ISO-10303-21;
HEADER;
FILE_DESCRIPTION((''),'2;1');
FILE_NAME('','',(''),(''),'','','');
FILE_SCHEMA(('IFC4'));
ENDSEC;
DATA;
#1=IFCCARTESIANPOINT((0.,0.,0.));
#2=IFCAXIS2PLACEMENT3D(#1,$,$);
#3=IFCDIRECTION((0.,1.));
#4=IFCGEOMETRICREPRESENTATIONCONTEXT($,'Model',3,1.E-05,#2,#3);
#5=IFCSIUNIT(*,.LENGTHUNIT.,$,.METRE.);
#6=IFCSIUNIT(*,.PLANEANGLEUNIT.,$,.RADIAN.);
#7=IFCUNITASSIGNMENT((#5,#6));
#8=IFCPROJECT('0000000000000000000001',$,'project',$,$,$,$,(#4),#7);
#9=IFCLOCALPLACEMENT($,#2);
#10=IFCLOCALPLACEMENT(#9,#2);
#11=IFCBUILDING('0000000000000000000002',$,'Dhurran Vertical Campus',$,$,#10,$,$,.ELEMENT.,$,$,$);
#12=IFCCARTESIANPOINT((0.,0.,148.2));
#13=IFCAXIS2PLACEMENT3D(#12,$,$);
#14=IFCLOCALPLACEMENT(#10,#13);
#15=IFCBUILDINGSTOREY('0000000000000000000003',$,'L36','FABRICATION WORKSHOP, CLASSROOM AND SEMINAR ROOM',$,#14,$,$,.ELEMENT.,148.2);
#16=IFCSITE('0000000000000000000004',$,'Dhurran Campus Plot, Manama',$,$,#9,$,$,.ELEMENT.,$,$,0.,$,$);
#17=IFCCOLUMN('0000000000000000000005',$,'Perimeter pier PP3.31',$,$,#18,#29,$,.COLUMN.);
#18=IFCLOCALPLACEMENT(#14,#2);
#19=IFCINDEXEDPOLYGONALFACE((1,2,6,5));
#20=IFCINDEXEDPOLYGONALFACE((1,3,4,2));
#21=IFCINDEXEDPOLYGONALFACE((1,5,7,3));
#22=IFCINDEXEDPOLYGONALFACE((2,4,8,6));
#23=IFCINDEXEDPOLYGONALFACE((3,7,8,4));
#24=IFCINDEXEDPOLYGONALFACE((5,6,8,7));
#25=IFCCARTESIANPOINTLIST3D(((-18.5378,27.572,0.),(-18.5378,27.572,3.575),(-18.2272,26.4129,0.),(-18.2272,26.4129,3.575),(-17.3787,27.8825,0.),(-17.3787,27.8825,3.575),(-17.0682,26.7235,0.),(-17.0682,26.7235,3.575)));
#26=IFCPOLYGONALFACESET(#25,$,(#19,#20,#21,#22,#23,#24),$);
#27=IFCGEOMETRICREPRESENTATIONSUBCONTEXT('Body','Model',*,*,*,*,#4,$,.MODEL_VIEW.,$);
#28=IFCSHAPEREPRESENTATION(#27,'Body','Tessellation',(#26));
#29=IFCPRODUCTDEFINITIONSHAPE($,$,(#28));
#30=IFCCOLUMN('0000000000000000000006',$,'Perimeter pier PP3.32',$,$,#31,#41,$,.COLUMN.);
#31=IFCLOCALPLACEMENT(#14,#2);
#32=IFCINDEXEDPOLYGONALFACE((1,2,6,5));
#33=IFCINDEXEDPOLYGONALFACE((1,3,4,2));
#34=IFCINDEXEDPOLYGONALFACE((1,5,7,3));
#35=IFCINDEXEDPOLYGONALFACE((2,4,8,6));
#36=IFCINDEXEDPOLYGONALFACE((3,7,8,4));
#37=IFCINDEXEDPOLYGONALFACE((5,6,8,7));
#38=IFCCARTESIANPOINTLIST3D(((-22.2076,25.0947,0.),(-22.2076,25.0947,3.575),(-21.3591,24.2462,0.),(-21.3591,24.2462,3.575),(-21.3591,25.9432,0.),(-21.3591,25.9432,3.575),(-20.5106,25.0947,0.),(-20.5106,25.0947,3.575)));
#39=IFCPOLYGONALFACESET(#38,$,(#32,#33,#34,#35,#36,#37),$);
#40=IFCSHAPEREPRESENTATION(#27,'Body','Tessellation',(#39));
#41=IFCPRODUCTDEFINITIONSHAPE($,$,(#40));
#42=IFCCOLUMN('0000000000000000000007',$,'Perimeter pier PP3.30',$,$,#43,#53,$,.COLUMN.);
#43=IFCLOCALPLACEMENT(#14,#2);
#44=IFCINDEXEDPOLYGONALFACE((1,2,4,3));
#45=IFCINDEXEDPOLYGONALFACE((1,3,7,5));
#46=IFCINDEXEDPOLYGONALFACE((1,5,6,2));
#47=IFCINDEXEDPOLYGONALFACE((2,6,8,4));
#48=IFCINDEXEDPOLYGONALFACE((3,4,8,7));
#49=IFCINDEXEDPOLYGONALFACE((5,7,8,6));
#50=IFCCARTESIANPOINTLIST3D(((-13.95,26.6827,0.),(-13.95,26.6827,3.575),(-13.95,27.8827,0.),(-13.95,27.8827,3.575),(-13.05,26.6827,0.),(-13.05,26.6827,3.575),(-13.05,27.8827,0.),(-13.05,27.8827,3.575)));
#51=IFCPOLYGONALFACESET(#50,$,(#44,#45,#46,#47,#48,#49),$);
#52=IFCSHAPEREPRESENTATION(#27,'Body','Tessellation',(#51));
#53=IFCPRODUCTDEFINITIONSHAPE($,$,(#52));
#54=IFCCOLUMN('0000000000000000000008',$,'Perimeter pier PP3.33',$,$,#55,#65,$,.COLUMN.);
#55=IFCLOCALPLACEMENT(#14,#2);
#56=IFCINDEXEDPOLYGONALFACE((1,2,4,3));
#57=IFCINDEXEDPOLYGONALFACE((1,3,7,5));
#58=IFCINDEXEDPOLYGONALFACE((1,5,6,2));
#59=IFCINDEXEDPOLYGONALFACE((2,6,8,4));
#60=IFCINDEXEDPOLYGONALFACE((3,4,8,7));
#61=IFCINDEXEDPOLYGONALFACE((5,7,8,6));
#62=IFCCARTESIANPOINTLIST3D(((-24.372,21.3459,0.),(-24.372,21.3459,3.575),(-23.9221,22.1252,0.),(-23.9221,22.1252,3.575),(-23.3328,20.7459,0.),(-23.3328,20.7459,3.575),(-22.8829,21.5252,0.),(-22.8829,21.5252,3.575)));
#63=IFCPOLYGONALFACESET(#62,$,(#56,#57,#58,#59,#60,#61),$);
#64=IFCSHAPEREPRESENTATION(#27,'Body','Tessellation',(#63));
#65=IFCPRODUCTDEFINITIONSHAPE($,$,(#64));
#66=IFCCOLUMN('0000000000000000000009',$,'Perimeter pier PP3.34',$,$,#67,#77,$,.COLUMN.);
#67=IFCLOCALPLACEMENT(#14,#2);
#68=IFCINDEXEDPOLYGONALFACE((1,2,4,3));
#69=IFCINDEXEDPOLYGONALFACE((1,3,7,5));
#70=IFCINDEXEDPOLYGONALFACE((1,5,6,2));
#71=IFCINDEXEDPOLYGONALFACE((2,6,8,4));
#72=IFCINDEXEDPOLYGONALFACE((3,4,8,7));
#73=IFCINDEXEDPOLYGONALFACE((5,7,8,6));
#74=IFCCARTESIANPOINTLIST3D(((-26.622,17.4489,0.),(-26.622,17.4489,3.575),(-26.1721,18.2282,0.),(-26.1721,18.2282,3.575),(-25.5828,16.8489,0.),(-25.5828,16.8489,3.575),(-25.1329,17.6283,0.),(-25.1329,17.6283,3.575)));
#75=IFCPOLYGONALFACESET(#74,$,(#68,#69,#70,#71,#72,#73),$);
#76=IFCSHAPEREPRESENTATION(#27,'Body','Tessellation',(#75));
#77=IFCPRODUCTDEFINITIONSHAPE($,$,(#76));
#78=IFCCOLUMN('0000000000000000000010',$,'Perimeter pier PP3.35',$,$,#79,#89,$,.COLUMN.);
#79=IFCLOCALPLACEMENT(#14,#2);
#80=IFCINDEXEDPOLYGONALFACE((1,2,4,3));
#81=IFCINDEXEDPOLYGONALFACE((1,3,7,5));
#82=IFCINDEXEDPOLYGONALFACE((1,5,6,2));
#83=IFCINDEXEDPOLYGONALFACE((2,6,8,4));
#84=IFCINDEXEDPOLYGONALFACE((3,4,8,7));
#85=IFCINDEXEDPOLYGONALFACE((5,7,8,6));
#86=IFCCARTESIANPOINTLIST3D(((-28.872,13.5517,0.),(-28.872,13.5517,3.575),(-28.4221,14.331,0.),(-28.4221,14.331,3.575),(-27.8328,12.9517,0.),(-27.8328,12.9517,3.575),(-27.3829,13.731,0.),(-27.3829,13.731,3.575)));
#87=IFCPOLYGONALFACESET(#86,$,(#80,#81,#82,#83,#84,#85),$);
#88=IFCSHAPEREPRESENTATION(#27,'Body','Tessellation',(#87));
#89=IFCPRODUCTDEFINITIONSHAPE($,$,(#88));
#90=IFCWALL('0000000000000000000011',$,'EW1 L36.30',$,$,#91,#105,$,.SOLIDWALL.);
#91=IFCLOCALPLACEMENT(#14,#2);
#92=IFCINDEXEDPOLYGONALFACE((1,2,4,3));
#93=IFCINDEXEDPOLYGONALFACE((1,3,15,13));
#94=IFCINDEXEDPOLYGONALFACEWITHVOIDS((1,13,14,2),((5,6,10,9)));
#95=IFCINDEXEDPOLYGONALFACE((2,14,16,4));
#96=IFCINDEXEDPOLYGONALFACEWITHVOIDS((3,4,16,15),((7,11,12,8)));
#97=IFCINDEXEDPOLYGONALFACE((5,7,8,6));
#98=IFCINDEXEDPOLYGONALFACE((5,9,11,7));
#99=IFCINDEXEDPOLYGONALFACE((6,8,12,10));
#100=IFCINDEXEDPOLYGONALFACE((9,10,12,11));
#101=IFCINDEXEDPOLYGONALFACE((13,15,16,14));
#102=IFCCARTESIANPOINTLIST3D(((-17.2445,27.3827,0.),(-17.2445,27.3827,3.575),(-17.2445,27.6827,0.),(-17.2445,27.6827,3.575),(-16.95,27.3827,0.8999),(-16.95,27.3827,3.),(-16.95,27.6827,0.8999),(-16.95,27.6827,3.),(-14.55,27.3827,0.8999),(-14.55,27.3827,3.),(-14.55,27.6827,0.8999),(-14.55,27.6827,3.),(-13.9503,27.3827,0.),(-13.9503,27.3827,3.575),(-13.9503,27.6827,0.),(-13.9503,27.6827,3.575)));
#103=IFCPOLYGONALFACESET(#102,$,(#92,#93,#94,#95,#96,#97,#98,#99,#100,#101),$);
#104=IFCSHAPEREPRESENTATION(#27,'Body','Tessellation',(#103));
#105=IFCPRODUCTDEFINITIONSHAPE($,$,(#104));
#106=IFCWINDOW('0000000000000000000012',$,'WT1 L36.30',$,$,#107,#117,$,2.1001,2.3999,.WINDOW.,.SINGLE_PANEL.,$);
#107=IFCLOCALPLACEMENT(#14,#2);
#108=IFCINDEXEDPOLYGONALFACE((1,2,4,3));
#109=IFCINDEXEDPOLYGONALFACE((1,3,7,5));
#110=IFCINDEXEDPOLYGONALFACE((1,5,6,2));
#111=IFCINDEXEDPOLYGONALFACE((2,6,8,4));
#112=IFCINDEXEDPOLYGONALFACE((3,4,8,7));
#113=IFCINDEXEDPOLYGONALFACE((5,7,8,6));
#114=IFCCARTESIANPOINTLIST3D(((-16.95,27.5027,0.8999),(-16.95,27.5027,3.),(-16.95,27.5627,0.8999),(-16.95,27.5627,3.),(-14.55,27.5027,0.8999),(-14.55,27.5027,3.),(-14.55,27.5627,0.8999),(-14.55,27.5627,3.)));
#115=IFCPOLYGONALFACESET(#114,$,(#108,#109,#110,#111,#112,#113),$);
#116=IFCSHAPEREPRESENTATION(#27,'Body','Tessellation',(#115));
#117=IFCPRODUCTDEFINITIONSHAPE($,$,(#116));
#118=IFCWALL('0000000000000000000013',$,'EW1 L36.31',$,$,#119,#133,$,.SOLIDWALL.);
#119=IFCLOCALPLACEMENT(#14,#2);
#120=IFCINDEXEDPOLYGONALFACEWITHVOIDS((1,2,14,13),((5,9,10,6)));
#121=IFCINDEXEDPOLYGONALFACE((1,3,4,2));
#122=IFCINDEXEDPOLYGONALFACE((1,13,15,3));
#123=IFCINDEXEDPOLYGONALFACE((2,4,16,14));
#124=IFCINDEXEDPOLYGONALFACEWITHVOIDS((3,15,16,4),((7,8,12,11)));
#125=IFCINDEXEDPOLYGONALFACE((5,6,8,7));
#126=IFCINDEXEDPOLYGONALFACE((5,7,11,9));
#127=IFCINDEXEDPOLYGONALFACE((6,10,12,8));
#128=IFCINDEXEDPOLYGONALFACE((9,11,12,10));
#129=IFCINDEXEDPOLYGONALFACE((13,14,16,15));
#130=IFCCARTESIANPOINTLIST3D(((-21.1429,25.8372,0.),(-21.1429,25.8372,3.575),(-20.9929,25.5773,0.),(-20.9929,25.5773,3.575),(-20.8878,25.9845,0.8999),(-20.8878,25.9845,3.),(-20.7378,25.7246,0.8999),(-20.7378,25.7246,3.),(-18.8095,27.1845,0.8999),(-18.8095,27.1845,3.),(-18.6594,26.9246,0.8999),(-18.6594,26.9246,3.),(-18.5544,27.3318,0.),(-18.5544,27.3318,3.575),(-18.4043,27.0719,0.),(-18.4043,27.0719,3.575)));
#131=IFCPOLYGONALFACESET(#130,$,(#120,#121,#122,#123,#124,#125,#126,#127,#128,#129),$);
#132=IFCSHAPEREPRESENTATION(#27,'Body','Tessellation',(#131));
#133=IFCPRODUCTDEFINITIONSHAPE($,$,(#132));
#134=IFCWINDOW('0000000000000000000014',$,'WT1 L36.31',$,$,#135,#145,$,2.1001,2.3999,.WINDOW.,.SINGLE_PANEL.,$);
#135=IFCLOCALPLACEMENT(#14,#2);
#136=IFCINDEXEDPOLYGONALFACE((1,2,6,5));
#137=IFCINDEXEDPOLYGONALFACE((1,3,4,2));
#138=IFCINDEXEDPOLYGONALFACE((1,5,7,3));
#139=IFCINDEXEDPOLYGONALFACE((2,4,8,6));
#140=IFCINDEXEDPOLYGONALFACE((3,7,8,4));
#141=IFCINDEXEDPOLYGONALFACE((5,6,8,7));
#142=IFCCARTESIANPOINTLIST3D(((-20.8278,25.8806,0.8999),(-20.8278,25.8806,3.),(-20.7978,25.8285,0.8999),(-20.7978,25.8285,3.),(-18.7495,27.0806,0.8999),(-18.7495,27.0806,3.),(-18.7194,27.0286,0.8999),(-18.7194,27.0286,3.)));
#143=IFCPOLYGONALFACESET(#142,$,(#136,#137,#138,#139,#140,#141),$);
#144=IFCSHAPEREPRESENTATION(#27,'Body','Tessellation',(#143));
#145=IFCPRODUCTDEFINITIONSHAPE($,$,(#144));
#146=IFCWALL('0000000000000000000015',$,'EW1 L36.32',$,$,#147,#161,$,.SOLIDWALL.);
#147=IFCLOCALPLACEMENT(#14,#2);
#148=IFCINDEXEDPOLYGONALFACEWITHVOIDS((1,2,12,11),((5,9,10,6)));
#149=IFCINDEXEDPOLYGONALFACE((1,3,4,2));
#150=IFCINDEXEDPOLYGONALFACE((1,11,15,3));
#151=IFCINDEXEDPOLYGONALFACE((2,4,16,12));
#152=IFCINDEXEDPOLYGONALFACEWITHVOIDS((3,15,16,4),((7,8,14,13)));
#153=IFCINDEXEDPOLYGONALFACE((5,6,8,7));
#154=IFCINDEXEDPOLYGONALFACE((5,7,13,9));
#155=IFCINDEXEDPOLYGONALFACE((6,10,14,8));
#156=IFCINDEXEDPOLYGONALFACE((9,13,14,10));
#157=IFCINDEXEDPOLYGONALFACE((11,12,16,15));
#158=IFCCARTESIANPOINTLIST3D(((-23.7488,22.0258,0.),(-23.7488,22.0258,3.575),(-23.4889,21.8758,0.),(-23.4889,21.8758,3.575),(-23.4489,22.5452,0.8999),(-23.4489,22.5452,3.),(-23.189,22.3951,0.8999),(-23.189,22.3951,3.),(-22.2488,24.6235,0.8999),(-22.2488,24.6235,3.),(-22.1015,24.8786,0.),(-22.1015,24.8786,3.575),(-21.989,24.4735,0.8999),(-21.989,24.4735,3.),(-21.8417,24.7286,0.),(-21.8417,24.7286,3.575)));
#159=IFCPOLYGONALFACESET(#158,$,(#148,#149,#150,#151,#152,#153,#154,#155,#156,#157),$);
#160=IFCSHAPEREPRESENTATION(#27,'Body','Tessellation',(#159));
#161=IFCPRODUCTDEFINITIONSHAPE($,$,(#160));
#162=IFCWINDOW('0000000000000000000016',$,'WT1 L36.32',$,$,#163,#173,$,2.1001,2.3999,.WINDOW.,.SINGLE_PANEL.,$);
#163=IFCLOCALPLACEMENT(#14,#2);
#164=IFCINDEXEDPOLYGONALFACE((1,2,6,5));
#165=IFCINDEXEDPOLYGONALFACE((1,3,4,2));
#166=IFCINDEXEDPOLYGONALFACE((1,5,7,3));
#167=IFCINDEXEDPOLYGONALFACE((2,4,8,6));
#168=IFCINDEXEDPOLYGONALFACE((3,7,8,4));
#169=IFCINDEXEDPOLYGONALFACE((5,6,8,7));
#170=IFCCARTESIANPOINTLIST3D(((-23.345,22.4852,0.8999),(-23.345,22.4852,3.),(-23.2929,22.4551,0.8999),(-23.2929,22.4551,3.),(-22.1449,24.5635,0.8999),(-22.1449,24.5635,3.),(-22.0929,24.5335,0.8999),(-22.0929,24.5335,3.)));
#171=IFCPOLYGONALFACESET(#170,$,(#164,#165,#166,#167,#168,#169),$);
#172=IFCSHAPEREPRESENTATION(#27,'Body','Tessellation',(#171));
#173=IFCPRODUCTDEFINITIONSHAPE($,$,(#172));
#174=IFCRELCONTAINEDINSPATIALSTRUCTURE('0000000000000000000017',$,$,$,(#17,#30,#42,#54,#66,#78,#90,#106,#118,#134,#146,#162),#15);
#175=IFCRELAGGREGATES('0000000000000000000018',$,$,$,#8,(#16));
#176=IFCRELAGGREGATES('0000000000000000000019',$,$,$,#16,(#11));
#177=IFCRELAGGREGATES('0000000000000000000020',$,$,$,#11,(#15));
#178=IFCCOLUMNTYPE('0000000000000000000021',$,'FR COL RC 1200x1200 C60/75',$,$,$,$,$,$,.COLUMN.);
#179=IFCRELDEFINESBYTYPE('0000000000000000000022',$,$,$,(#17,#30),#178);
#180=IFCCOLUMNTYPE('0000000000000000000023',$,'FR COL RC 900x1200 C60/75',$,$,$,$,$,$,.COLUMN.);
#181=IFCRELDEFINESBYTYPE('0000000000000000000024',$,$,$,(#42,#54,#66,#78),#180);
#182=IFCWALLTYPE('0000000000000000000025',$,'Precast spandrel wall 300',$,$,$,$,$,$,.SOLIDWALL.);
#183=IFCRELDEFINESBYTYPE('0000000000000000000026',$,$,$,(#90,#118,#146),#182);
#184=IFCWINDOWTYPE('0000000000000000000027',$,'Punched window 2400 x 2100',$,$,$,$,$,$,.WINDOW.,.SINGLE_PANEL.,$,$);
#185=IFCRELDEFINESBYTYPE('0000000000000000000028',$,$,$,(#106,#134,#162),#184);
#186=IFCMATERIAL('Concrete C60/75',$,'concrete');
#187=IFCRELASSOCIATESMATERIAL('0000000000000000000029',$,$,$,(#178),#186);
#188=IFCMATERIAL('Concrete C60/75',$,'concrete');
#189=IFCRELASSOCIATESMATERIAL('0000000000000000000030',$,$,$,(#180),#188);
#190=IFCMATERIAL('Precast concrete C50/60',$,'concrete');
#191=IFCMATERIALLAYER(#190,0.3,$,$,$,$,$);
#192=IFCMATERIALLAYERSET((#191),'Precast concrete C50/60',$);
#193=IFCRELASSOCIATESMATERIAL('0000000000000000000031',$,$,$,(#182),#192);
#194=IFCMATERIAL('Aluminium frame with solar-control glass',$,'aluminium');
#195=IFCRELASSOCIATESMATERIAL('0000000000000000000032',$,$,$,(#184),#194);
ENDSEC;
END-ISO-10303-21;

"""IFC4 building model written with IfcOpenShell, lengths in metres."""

from ifc_helpers import new_model, si_unit, direction, frame, frame_2d, origin, origin_2d, place, context, subcontext, project, spatial, rectangle, extrude, material, layer, layer_set, material_profile, profile_set, type_object, element, fill, save


model = new_model("IFC4")

# Units and contexts
model_context = context("Model", 3, precision=1e-05, world=origin(), true_north=direction((0.0, 1.0)))
body_context = subcontext(model_context, "Body", "Model", "MODEL_VIEW")
ifc_project = project(units=[si_unit("LENGTHUNIT", "METRE"), si_unit("PLANEANGLEUNIT", "RADIAN")], contexts=[model_context])

# Site, building, storey
site_placement = place(None, origin())
site = spatial("IfcSite", under=ifc_project, at=site_placement, Name="Dhurran Campus Plot, Manama", CompositionType="ELEMENT", RefElevation=0.0)
building_placement = place(site_placement, origin())
building = spatial("IfcBuilding", under=site, at=building_placement, Name="Dhurran Vertical Campus", CompositionType="ELEMENT")
storey_placement = place(building_placement, frame((0.0, 0.0, 148.2)))
storey = spatial("IfcBuildingStorey", under=building, at=storey_placement, Name="L36", Description="FABRICATION WORKSHOP, CLASSROOM AND SEMINAR ROOM", CompositionType="ELEMENT", Elevation=148.2)

# Columns
ifc_material_1 = material(Name="Concrete C60/75", Category="concrete")
ifc_material_profile_1 = material_profile(ifc_material_1, rectangle(XDim=1.2, YDim=1.2, at=origin_2d()), Name="RC 1200x1200")
ifc_profile_set_1 = profile_set([ifc_material_profile_1], Name="Concrete C60/75")
column_type_1 = type_object("IfcColumnType", Name="FR COL RC 1200x1200 C60/75", PredefinedType="COLUMN", material=ifc_profile_set_1)
for number, where, z_axis, x_axis, name in (
    (1, (-17.803, 27.1477, 0.0), (0.0, 0.0, 1.0), (-0.965926, -0.258819, 0.0), "Perimeter pier PP3.31"),
    (2, (-21.3591, 25.0947, 0.0), (0.0, 0.0, 1.0), (-0.707107, -0.707107, 0.0), "Perimeter pier PP3.32"),
):
    element("IfcColumn", number, at=place(storey_placement, frame(where, z_axis=z_axis, x_axis=x_axis)), inside=storey, type_object=column_type_1, Name=name, PredefinedType="COLUMN", context=body_context, shape_type="SweptSolid", body=[
        extrude(rectangle(XDim=1.2, YDim=1.2, at=origin_2d()), origin(), (0.0, 0.0, 1.0), 3.575),
    ])
ifc_material_2 = material(Name="Concrete C60/75", Category="concrete")
ifc_material_profile_2 = material_profile(ifc_material_2, rectangle(XDim=0.8999, YDim=1.2, at=origin_2d()), Name="RC 900x1200")
ifc_profile_set_2 = profile_set([ifc_material_profile_2], Name="Concrete C60/75")
column_type_2 = type_object("IfcColumnType", Name="FR COL RC 900x1200 C60/75", PredefinedType="COLUMN", material=ifc_profile_set_2)
for number, where, z_axis, x_axis, name in (
    (3, (-13.5, 27.2827, 0.0), (0.0, 0.0, 1.0), (-1.0, 0.0, 0.0), "Perimeter pier PP3.30"),
    (4, (-23.6274, 21.4355, 0.0), (0.0, 0.0, 1.0), (-0.5, -0.866025, 0.0), "Perimeter pier PP3.33"),
    (5, (-25.8774, 17.5386, 0.0), (0.0, 0.0, 1.0), (-0.5, -0.866025, 0.0), "Perimeter pier PP3.34"),
    (6, (-28.1274, 13.6414, 0.0), (0.0, 0.0, 1.0), (-0.5, -0.866025, 0.0), "Perimeter pier PP3.35"),
):
    element("IfcColumn", number, at=place(storey_placement, frame(where, z_axis=z_axis, x_axis=x_axis)), inside=storey, type_object=column_type_2, Name=name, PredefinedType="COLUMN", context=body_context, shape_type="SweptSolid", body=[
        extrude(rectangle(XDim=0.8999, YDim=1.2, at=origin_2d()), origin(), (0.0, 0.0, 1.0), 3.575),
    ])

# Walls, openings, windows
ifc_material_3 = material(Name="Precast concrete C50/60", Category="concrete")
ifc_layer_1 = layer(ifc_material_3, 0.3)
ifc_layer_set_1 = layer_set([ifc_layer_1], Name="Precast concrete C50/60")
wall_type_1 = type_object("IfcWallType", Name="Precast spandrel wall 300", PredefinedType="SOLIDWALL", material=ifc_layer_set_1)
wall_1_placement = place(storey_placement, frame((-13.9504, 27.5327, 0.0), z_axis=(0.0, 0.0, 1.0), x_axis=(-1.0, 0.0, 0.0)))
wall_1 = element("IfcWall", 7, at=wall_1_placement, inside=storey, type_object=wall_type_1, Name="EW1 L36.30", PredefinedType="SOLIDWALL", context=body_context, shape_type="SweptSolid", body=[
    extrude(rectangle(XDim=3.2942, YDim=0.3, at=frame_2d((1.647, 0.0))), origin(), (0.0, 0.0, 1.0), 3.575),
])
opening_1_placement = place(wall_1_placement, frame((0.5996, 0.0, 0.8999)))
opening_1 = element("IfcOpeningElement", 8, at=opening_1_placement, cuts=wall_1, PredefinedType="OPENING", context=body_context, shape_type="SweptSolid", body=[
    extrude(rectangle(XDim=2.3999, YDim=2.1001, at=frame_2d((1.2, 1.05))), frame((0.0, 0.1599, 0.0), z_axis=(0.0, -1.0, 0.0), x_axis=(1.0, 0.0, 0.0)), (0.0, 0.0, 1.0), 0.3201),
])
ifc_material_4 = material(Name="Aluminium frame with solar-control glass", Category="aluminium")
window_type = type_object("IfcWindowType", Name="Punched window 2400 x 2100", PartitioningType="SINGLE_PANEL", PredefinedType="WINDOW", material=ifc_material_4)
window_1_placement = place(opening_1_placement, origin())
window_1 = element("IfcWindow", 9, at=window_1_placement, inside=storey, type_object=window_type, Name="WT1 L36.30", OverallHeight=2.1001, OverallWidth=2.3999, PartitioningType="SINGLE_PANEL", PredefinedType="WINDOW", context=body_context, shape_type="SweptSolid", body=[
    extrude(rectangle(XDim=2.3999, YDim=2.1001, at=frame_2d((1.2, 1.05))), frame((0.0, 0.03, 0.0), z_axis=(0.0, -1.0, 0.0), x_axis=(1.0, 0.0, 0.0)), (0.0, 0.0, 1.0), 0.0601),
])
fill(opening_1, window_1)
wall_2_placement = place(storey_placement, frame((-18.4792, 27.2019, 0.0), z_axis=(0.0, 0.0, 1.0), x_axis=(-0.866013, -0.500022, 0.0)))
wall_2 = element("IfcWall", 10, at=wall_2_placement, inside=storey, type_object=wall_type_1, Name="EW1 L36.31", PredefinedType="SOLIDWALL", context=body_context, shape_type="SweptSolid", body=[
    extrude(rectangle(XDim=2.989, YDim=0.3, at=frame_2d((1.4946, 0.0))), origin(), (0.0, 0.0, 1.0), 3.575),
])
opening_2_placement = place(wall_2_placement, frame((0.2947, 0.0, 0.8999)))
opening_2 = element("IfcOpeningElement", 11, at=opening_2_placement, cuts=wall_2, PredefinedType="OPENING", context=body_context, shape_type="SweptSolid", body=[
    extrude(rectangle(XDim=2.3999, YDim=2.1001, at=frame_2d((1.2, 1.05))), frame((0.0, 0.1599, 0.0), z_axis=(0.0, -1.0, 0.0), x_axis=(1.0, 0.0, 0.0)), (0.0, 0.0, 1.0), 0.3201),
])
window_2_placement = place(opening_2_placement, origin())
window_2 = element("IfcWindow", 12, at=window_2_placement, inside=storey, type_object=window_type, Name="WT1 L36.31", OverallHeight=2.1001, OverallWidth=2.3999, PartitioningType="SINGLE_PANEL", PredefinedType="WINDOW", context=body_context, shape_type="SweptSolid", body=[
    extrude(rectangle(XDim=2.3999, YDim=2.1001, at=frame_2d((1.2, 1.05))), frame((0.0, 0.03, 0.0), z_axis=(0.0, -1.0, 0.0), x_axis=(1.0, 0.0, 0.0)), (0.0, 0.0, 1.0), 0.0601),
])
fill(opening_2, window_2)
wall_3_placement = place(storey_placement, frame((-21.9717, 24.8035, 0.0), z_axis=(0.0, 0.0, 1.0), x_axis=(-0.500037, -0.866004, 0.0)))
wall_3 = element("IfcWall", 13, at=wall_3_placement, inside=storey, type_object=wall_type_1, Name="EW1 L36.32", PredefinedType="SOLIDWALL", context=body_context, shape_type="SweptSolid", body=[
    extrude(rectangle(XDim=3.2942, YDim=0.3, at=frame_2d((1.647, 0.0))), origin(), (0.0, 0.0, 1.0), 3.575),
])
opening_3_placement = place(wall_3_placement, frame((0.2944, 0.0, 0.8999)))
opening_3 = element("IfcOpeningElement", 14, at=opening_3_placement, cuts=wall_3, PredefinedType="OPENING", context=body_context, shape_type="SweptSolid", body=[
    extrude(rectangle(XDim=2.3999, YDim=2.1001, at=frame_2d((1.2, 1.05))), frame((0.0, 0.1599, 0.0), z_axis=(0.0, -1.0, 0.0), x_axis=(1.0, 0.0, 0.0)), (0.0, 0.0, 1.0), 0.3201),
])
window_3_placement = place(opening_3_placement, origin())
window_3 = element("IfcWindow", 15, at=window_3_placement, inside=storey, type_object=window_type, Name="WT1 L36.32", OverallHeight=2.1001, OverallWidth=2.3999, PartitioningType="SINGLE_PANEL", PredefinedType="WINDOW", context=body_context, shape_type="SweptSolid", body=[
    extrude(rectangle(XDim=2.3999, YDim=2.1001, at=frame_2d((1.2, 1.05))), frame((0.0, 0.03, 0.0), z_axis=(0.0, -1.0, 0.0), x_axis=(1.0, 0.0, 0.0)), (0.0, 0.0, 1.0), 0.0601),
])
fill(opening_3, window_3)

save(model, "model.ifc")
